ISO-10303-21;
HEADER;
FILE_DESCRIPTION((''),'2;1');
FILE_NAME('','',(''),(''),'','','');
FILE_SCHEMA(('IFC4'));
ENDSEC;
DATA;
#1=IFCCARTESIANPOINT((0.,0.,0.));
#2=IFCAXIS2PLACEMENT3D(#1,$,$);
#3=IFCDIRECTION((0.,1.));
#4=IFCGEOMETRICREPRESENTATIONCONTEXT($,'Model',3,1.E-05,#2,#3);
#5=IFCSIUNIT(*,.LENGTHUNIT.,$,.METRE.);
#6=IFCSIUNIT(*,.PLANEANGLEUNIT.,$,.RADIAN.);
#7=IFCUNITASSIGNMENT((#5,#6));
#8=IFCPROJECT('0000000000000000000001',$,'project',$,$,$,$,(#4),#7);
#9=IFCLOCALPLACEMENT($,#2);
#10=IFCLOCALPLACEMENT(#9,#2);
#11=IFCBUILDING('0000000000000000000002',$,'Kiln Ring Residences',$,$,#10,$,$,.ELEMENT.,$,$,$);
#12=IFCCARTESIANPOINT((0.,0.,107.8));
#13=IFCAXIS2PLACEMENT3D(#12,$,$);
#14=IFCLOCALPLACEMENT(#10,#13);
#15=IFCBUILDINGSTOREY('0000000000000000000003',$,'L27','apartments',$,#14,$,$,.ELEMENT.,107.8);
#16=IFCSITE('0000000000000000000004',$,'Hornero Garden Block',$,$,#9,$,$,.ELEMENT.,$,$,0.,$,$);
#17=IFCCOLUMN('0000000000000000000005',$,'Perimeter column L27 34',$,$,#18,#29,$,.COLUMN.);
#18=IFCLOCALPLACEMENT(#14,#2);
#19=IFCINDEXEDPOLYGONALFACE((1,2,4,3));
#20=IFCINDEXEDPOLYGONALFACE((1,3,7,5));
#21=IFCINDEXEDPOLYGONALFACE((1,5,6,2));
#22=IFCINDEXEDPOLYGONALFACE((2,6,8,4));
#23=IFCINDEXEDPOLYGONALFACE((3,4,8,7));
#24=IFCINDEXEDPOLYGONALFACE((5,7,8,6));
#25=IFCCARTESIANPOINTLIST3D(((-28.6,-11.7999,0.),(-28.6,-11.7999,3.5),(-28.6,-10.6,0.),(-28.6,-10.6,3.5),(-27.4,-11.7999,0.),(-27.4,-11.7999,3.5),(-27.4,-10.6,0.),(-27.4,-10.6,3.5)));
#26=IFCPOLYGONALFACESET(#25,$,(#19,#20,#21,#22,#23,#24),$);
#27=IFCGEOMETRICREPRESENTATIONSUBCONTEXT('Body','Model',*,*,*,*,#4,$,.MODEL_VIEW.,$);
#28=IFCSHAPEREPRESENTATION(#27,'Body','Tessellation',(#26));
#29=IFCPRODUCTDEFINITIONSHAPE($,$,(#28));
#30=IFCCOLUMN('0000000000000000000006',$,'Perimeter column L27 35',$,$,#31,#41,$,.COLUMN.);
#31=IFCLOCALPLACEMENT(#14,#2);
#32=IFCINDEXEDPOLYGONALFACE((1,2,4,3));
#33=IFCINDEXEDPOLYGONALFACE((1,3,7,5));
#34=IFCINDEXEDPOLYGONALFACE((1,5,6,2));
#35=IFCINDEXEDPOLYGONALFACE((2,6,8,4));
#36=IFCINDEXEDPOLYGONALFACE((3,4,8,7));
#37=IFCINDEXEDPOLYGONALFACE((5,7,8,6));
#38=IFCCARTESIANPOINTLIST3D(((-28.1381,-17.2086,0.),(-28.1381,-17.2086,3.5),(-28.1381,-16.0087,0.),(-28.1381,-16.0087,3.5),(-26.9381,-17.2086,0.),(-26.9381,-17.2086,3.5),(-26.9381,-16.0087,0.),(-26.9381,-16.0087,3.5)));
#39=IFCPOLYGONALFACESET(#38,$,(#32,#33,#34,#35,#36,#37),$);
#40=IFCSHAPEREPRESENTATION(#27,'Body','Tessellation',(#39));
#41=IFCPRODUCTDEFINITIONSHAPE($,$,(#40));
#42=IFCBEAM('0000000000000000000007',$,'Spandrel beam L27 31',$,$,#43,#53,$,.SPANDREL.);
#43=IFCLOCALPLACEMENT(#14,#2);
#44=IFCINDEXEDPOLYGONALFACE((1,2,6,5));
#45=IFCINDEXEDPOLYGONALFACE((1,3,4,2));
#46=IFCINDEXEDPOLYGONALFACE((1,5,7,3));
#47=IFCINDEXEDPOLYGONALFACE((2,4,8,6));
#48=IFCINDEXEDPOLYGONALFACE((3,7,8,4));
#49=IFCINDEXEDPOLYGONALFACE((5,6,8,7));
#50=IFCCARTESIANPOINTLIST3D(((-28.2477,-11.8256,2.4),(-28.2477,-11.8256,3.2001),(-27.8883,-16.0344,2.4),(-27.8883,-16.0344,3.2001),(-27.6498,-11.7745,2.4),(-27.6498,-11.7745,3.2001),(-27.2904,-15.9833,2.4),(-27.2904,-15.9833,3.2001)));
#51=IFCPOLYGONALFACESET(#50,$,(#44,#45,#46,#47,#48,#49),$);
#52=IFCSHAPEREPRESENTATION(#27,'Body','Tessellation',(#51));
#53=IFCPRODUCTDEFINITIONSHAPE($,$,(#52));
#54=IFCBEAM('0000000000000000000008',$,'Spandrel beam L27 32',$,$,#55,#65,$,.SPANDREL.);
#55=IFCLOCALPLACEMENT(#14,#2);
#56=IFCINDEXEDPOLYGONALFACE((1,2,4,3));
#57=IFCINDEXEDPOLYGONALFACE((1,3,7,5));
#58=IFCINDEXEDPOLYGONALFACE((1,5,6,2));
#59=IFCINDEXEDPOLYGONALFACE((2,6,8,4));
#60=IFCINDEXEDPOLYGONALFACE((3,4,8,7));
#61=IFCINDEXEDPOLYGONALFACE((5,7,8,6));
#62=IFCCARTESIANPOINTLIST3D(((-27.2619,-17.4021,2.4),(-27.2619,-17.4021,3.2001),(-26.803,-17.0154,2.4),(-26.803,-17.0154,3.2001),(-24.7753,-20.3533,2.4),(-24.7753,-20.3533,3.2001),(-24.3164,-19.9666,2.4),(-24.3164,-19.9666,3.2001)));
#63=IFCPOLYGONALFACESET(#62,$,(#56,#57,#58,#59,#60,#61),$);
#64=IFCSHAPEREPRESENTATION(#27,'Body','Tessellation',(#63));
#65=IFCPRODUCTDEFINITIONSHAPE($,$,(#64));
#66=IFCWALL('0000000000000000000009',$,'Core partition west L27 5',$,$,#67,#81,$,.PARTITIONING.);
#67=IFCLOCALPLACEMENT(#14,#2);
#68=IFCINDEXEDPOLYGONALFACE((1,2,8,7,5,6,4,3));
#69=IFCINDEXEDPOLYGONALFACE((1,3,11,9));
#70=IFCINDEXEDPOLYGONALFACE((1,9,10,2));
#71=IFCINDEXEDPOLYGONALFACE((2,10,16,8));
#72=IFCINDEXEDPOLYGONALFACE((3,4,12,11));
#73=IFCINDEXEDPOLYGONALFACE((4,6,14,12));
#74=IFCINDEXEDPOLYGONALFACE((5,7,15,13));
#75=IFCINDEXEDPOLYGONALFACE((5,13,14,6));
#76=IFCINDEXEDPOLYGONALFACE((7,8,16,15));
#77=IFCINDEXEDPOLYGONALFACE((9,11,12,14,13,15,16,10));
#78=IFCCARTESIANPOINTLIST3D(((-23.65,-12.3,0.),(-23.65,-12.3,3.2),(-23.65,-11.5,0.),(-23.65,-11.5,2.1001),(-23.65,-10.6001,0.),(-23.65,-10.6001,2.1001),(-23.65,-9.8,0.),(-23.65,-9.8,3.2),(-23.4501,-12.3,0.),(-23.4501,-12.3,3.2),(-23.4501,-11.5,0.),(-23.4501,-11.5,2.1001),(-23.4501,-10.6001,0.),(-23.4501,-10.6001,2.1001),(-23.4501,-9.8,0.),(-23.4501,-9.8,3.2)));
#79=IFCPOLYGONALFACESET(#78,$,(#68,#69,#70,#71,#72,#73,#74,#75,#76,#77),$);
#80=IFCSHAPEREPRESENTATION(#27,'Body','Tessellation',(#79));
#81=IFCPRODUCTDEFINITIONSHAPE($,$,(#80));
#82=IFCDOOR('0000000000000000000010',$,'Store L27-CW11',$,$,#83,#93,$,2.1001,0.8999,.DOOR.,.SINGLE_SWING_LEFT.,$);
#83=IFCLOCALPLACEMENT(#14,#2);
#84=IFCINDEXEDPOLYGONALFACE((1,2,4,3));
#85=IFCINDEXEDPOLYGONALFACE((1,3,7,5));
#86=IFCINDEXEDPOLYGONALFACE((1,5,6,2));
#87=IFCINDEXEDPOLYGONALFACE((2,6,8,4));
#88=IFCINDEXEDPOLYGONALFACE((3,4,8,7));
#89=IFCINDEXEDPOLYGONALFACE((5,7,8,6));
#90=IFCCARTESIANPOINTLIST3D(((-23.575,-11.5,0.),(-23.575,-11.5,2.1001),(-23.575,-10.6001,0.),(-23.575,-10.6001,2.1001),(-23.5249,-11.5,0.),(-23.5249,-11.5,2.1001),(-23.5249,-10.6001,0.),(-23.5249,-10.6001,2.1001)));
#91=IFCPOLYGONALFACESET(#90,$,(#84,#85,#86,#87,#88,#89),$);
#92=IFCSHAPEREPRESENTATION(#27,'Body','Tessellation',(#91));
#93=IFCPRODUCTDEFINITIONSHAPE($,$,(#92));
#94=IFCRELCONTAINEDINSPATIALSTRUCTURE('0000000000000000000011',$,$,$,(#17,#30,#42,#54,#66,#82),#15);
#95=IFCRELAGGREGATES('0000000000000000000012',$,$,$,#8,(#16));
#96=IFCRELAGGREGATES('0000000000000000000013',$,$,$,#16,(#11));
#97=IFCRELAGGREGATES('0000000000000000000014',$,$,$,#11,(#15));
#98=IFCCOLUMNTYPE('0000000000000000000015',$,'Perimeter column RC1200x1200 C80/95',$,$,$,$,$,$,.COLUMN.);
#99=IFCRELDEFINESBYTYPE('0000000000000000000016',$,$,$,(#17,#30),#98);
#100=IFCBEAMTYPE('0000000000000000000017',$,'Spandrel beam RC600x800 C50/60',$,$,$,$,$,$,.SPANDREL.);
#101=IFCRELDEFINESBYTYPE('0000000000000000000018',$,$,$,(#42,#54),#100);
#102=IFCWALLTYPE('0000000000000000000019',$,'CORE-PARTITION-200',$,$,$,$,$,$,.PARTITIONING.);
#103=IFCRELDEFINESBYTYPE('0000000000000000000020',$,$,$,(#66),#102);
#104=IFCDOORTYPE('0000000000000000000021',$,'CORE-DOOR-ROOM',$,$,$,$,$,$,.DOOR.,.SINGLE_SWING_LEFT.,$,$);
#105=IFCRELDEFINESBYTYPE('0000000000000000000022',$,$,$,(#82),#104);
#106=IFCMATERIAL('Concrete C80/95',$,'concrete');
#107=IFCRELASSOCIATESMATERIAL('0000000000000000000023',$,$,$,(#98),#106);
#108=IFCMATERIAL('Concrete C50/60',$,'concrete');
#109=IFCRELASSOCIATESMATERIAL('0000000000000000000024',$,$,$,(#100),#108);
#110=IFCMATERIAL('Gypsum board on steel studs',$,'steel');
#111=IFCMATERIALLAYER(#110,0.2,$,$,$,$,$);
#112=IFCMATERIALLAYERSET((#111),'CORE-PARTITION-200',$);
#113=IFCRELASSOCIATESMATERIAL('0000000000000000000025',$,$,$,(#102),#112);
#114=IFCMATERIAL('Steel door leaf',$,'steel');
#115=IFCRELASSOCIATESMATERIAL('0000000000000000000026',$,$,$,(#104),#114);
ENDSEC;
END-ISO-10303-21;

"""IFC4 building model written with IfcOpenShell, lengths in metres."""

from ifc_helpers import new_model, si_unit, direction, frame, frame_2d, origin, origin_2d, place, context, subcontext, project, spatial, rectangle, extrude, material, layer, layer_set, material_profile, profile_set, type_object, element, fill, save


model = new_model("IFC4")

# Units and contexts
model_context = context("Model", 3, precision=1e-05, world=origin(), true_north=direction((0.0, 1.0)))
body_context = subcontext(model_context, "Body", "Model", "MODEL_VIEW")
ifc_project = project(units=[si_unit("LENGTHUNIT", "METRE"), si_unit("PLANEANGLEUNIT", "RADIAN")], contexts=[model_context])

# Site, building, storey
site_placement = place(None, origin())
site = spatial("IfcSite", under=ifc_project, at=site_placement, Name="Hornero Garden Block", CompositionType="ELEMENT", RefElevation=0.0)
building_placement = place(site_placement, origin())
building = spatial("IfcBuilding", under=site, at=building_placement, Name="Kiln Ring Residences", CompositionType="ELEMENT")
storey_placement = place(building_placement, frame((0.0, 0.0, 107.8)))
storey = spatial("IfcBuildingStorey", under=building, at=storey_placement, Name="L27", Description="apartments", CompositionType="ELEMENT", Elevation=107.8)

# Columns
ifc_material_1 = material(Name="Concrete C80/95", Category="concrete")
ifc_material_profile_1 = material_profile(ifc_material_1, rectangle(XDim=1.2, YDim=1.2, at=origin_2d()), Name="RC1200x1200")
ifc_profile_set_1 = profile_set([ifc_material_profile_1], Name="Concrete C80/95")
column_type = type_object("IfcColumnType", Name="Perimeter column RC1200x1200 C80/95", PredefinedType="COLUMN", material=ifc_profile_set_1)
for number, where, z_axis, x_axis, name in (
    (1, (-28.0, -11.2, 0.0), (0.0, 0.0, 1.0), (1.0, 0.0, 0.0), "Perimeter column L27 34"),
    (2, (-27.5381, -16.6086, 0.0), (0.0, 0.0, 1.0), (1.0, 0.0, 0.0), "Perimeter column L27 35"),
):
    element("IfcColumn", number, at=place(storey_placement, frame(where, z_axis=z_axis, x_axis=x_axis)), inside=storey, type_object=column_type, Name=name, PredefinedType="COLUMN", context=body_context, shape_type="SweptSolid", body=[
        extrude(rectangle(XDim=1.2, YDim=1.2, at=origin_2d()), origin(), (0.0, 0.0, 1.0), 3.5),
    ])

# Beams
ifc_material_2 = material(Name="Concrete C50/60", Category="concrete")
ifc_material_profile_2 = material_profile(ifc_material_2, rectangle(XDim=0.6001, YDim=0.8, at=origin_2d()), Name="RC600x800")
ifc_profile_set_2 = profile_set([ifc_material_profile_2], Name="Concrete C50/60")
beam_type = type_object("IfcBeamType", Name="Spandrel beam RC600x800 C50/60", PredefinedType="SPANDREL", material=ifc_profile_set_2)
beam_1_placement = place(storey_placement, frame((-27.9487, -11.8, 2.8), z_axis=(0.085078, -0.996374, 0.0), x_axis=(0.996374, 0.085078, 0.0)))
element("IfcBeam", 3, at=beam_1_placement, inside=storey, type_object=beam_type, Name="Spandrel beam L27 31", PredefinedType="SPANDREL", context=body_context, shape_type="SweptSolid", body=[
    extrude(rectangle(XDim=0.6001, YDim=0.8, at=origin_2d()), origin(), (0.0, 0.0, 1.0), 4.2241),
])
beam_2_placement = place(storey_placement, frame((-27.0325, -17.2087, 2.8), z_axis=(0.644344, -0.764736, 0.0), x_axis=(0.764736, 0.644344, 0.0)))
element("IfcBeam", 4, at=beam_2_placement, inside=storey, type_object=beam_type, Name="Spandrel beam L27 32", PredefinedType="SPANDREL", context=body_context, shape_type="SweptSolid", body=[
    extrude(rectangle(XDim=0.6001, YDim=0.8, at=origin_2d()), origin(), (0.0, 0.0, 1.0), 3.8591),
])

# Wall, opening, door
ifc_material_3 = material(Name="Gypsum board on steel studs", Category="steel")
ifc_layer_1 = layer(ifc_material_3, 0.2)
ifc_layer_set_1 = layer_set([ifc_layer_1], Name="CORE-PARTITION-200")
wall_type_1 = type_object("IfcWallType", Name="CORE-PARTITION-200", PredefinedType="PARTITIONING", material=ifc_layer_set_1)
wall_1_placement = place(storey_placement, frame((-23.55, -12.3, 0.0), z_axis=(0.0, 0.0, 1.0), x_axis=(0.0, 1.0, 0.0)))
wall_1 = element("IfcWall", 5, at=wall_1_placement, inside=storey, type_object=wall_type_1, Name="Core partition west L27 5", PredefinedType="PARTITIONING", context=body_context, shape_type="SweptSolid", body=[
    extrude(rectangle(XDim=2.5, YDim=0.2, at=frame_2d((1.25, 0.0))), origin(), (0.0, 0.0, 1.0), 3.2),
])
opening_1_placement = place(wall_1_placement, frame((0.8, 0.0, 0.0)))
opening_1 = element("IfcOpeningElement", 6, at=opening_1_placement, cuts=wall_1, PredefinedType="OPENING", context=body_context, shape_type="SweptSolid", body=[
    extrude(rectangle(XDim=0.8999, YDim=2.1001, at=frame_2d((0.45, 1.05))), frame((0.0, 0.1099, 0.0), z_axis=(0.0, -1.0, 0.0), x_axis=(1.0, 0.0, 0.0)), (0.0, 0.0, 1.0), 0.22),
])
ifc_material_4 = material(Name="Steel door leaf", Category="steel")
door_type_1 = type_object("IfcDoorType", Name="CORE-DOOR-ROOM", OperationType="SINGLE_SWING_LEFT", PredefinedType="DOOR", material=ifc_material_4)
door_1_placement = place(opening_1_placement, origin())
door_1 = element("IfcDoor", 7, at=door_1_placement, inside=storey, type_object=door_type_1, Name="Store L27-CW11", OperationType="SINGLE_SWING_LEFT", OverallHeight=2.1001, OverallWidth=0.8999, PredefinedType="DOOR", context=body_context, shape_type="SweptSolid", body=[
    extrude(rectangle(XDim=0.8999, YDim=2.1001, at=frame_2d((0.45, 1.05))), frame((0.0, 0.0249, 0.0), z_axis=(0.0, -1.0, 0.0), x_axis=(1.0, 0.0, 0.0)), (0.0, 0.0, 1.0), 0.05),
])
fill(opening_1, door_1)

save(model, "model.ifc")
